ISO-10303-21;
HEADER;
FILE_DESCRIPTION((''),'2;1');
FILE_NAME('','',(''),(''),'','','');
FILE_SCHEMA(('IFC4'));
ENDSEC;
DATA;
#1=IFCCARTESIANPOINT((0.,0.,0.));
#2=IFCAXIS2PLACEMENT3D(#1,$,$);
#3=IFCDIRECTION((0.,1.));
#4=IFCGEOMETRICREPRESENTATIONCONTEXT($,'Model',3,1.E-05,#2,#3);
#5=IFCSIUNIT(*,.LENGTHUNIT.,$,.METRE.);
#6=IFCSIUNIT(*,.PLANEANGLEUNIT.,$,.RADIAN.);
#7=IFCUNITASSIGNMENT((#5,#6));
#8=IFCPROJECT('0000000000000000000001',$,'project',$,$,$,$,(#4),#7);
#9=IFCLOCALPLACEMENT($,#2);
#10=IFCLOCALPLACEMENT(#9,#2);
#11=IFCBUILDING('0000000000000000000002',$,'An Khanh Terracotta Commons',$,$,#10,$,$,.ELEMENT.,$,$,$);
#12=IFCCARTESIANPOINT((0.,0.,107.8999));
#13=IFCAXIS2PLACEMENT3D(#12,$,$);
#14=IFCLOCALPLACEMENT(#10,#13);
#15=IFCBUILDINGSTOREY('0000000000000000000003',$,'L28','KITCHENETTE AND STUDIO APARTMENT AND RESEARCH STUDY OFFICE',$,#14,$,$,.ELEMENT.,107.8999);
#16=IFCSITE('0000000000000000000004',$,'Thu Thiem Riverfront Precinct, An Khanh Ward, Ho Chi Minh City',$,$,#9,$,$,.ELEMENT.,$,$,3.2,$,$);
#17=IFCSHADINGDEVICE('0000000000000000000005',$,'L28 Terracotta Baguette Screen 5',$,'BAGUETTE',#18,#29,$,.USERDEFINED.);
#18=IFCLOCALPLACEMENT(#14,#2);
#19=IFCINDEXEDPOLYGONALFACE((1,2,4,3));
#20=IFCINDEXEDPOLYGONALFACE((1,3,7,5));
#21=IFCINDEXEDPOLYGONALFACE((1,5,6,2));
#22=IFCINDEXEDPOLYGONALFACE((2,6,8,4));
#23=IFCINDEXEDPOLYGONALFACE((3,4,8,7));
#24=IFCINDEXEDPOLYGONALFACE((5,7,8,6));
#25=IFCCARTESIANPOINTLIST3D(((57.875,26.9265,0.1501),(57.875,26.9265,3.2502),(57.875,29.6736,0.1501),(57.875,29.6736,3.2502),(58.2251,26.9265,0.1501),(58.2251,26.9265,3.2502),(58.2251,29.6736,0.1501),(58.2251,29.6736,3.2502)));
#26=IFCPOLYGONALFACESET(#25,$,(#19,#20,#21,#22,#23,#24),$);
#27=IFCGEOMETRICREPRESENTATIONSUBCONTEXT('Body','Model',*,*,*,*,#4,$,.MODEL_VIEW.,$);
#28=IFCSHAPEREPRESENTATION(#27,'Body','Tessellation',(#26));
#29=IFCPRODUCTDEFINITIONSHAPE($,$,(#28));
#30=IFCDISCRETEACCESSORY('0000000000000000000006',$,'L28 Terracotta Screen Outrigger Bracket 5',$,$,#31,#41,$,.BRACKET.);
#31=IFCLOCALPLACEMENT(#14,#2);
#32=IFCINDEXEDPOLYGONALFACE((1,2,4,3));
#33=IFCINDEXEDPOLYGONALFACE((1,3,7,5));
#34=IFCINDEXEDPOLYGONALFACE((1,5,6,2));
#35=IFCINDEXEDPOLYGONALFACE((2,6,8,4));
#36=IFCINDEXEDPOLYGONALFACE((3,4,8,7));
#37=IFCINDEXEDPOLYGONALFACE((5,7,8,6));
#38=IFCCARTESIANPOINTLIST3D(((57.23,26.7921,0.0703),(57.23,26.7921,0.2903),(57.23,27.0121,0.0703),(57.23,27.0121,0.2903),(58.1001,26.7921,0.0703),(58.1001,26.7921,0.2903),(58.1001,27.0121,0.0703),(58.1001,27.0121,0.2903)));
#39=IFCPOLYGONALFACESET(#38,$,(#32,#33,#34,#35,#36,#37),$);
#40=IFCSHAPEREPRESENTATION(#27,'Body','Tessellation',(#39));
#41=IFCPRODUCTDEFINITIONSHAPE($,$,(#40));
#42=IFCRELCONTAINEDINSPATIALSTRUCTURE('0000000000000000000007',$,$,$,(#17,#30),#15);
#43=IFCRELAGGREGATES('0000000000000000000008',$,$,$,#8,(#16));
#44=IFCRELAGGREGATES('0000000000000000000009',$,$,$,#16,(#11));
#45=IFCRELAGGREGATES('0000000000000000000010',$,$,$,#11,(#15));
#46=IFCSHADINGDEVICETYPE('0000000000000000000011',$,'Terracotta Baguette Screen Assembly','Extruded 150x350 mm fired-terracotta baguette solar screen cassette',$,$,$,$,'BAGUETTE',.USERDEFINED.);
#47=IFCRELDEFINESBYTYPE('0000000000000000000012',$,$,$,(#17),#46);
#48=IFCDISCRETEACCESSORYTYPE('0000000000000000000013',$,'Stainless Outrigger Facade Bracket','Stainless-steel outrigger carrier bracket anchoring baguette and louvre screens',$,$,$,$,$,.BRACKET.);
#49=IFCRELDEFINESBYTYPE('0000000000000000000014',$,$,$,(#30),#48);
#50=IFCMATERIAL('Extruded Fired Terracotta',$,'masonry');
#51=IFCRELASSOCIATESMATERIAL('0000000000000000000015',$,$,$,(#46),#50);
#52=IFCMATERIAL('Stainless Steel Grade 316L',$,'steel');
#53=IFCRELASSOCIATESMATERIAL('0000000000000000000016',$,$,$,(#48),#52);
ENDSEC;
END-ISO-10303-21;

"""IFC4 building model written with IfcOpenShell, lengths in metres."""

from ifc_helpers import new_model, si_unit, direction, frame, origin, origin_2d, place, context, subcontext, project, spatial, rectangle, extrude, material, type_object, element, save


model = new_model("IFC4")

# Units and contexts
model_context = context("Model", 3, precision=1e-05, world=origin(), true_north=direction((0.0, 1.0)))
body_context = subcontext(model_context, "Body", "Model", "MODEL_VIEW")
ifc_project = project(units=[si_unit("LENGTHUNIT", "METRE"), si_unit("PLANEANGLEUNIT", "RADIAN")], contexts=[model_context])

# Site, building, storey
site_placement = place(None, origin())
site = spatial("IfcSite", under=ifc_project, at=site_placement, Name="Thu Thiem Riverfront Precinct, An Khanh Ward, Ho Chi Minh City", CompositionType="ELEMENT", RefElevation=3.2)
building_placement = place(site_placement, origin())
building = spatial("IfcBuilding", under=site, at=building_placement, Name="An Khanh Terracotta Commons", CompositionType="ELEMENT")
storey_placement = place(building_placement, frame((0.0, 0.0, 107.8999)))
storey = spatial("IfcBuildingStorey", under=building, at=storey_placement, Name="L28", Description="KITCHENETTE AND STUDIO APARTMENT AND RESEARCH STUDY OFFICE", CompositionType="ELEMENT", Elevation=107.8999)

# Shading device
ifc_material_1 = material(Name="Extruded Fired Terracotta", Category="masonry")
shading_device_type = type_object("IfcShadingDeviceType", Name="Terracotta Baguette Screen Assembly", Description="Extruded 150x350 mm fired-terracotta baguette solar screen cassette", ElementType="BAGUETTE", PredefinedType="USERDEFINED", material=ifc_material_1)
shading_device_placement = place(storey_placement, frame((58.05, 28.3, 0.1501), z_axis=(0.0, 0.0, 1.0), x_axis=(0.0, 1.0, 0.0)))
element("IfcShadingDevice", 1, at=shading_device_placement, inside=storey, type_object=shading_device_type, Name="L28 Terracotta Baguette Screen 5", ObjectType="BAGUETTE", PredefinedType="USERDEFINED", context=body_context, shape_type="SweptSolid", body=[
    extrude(rectangle(XDim=2.7471, YDim=0.3501, at=origin_2d()), origin(), (0.0, 0.0, 1.0), 3.1001),
])

# Discrete accessory
ifc_material_2 = material(Name="Stainless Steel Grade 316L", Category="steel")
discrete_accessory_type = type_object("IfcDiscreteAccessoryType", Name="Stainless Outrigger Facade Bracket", Description="Stainless-steel outrigger carrier bracket anchoring baguette and louvre screens", PredefinedType="BRACKET", material=ifc_material_2)
discrete_accessory_placement = place(storey_placement, frame((57.665, 26.9021, 0.0703), z_axis=(0.0, 0.0, 1.0), x_axis=(0.0, 1.0, 0.0)))
element("IfcDiscreteAccessory", 2, at=discrete_accessory_placement, inside=storey, type_object=discrete_accessory_type, Name="L28 Terracotta Screen Outrigger Bracket 5", PredefinedType="BRACKET", context=body_context, shape_type="SweptSolid", body=[
    extrude(rectangle(XDim=0.22, YDim=0.8701, at=origin_2d()), origin(), (0.0, 0.0, 1.0), 0.22),
])

save(model, "model.ifc")
